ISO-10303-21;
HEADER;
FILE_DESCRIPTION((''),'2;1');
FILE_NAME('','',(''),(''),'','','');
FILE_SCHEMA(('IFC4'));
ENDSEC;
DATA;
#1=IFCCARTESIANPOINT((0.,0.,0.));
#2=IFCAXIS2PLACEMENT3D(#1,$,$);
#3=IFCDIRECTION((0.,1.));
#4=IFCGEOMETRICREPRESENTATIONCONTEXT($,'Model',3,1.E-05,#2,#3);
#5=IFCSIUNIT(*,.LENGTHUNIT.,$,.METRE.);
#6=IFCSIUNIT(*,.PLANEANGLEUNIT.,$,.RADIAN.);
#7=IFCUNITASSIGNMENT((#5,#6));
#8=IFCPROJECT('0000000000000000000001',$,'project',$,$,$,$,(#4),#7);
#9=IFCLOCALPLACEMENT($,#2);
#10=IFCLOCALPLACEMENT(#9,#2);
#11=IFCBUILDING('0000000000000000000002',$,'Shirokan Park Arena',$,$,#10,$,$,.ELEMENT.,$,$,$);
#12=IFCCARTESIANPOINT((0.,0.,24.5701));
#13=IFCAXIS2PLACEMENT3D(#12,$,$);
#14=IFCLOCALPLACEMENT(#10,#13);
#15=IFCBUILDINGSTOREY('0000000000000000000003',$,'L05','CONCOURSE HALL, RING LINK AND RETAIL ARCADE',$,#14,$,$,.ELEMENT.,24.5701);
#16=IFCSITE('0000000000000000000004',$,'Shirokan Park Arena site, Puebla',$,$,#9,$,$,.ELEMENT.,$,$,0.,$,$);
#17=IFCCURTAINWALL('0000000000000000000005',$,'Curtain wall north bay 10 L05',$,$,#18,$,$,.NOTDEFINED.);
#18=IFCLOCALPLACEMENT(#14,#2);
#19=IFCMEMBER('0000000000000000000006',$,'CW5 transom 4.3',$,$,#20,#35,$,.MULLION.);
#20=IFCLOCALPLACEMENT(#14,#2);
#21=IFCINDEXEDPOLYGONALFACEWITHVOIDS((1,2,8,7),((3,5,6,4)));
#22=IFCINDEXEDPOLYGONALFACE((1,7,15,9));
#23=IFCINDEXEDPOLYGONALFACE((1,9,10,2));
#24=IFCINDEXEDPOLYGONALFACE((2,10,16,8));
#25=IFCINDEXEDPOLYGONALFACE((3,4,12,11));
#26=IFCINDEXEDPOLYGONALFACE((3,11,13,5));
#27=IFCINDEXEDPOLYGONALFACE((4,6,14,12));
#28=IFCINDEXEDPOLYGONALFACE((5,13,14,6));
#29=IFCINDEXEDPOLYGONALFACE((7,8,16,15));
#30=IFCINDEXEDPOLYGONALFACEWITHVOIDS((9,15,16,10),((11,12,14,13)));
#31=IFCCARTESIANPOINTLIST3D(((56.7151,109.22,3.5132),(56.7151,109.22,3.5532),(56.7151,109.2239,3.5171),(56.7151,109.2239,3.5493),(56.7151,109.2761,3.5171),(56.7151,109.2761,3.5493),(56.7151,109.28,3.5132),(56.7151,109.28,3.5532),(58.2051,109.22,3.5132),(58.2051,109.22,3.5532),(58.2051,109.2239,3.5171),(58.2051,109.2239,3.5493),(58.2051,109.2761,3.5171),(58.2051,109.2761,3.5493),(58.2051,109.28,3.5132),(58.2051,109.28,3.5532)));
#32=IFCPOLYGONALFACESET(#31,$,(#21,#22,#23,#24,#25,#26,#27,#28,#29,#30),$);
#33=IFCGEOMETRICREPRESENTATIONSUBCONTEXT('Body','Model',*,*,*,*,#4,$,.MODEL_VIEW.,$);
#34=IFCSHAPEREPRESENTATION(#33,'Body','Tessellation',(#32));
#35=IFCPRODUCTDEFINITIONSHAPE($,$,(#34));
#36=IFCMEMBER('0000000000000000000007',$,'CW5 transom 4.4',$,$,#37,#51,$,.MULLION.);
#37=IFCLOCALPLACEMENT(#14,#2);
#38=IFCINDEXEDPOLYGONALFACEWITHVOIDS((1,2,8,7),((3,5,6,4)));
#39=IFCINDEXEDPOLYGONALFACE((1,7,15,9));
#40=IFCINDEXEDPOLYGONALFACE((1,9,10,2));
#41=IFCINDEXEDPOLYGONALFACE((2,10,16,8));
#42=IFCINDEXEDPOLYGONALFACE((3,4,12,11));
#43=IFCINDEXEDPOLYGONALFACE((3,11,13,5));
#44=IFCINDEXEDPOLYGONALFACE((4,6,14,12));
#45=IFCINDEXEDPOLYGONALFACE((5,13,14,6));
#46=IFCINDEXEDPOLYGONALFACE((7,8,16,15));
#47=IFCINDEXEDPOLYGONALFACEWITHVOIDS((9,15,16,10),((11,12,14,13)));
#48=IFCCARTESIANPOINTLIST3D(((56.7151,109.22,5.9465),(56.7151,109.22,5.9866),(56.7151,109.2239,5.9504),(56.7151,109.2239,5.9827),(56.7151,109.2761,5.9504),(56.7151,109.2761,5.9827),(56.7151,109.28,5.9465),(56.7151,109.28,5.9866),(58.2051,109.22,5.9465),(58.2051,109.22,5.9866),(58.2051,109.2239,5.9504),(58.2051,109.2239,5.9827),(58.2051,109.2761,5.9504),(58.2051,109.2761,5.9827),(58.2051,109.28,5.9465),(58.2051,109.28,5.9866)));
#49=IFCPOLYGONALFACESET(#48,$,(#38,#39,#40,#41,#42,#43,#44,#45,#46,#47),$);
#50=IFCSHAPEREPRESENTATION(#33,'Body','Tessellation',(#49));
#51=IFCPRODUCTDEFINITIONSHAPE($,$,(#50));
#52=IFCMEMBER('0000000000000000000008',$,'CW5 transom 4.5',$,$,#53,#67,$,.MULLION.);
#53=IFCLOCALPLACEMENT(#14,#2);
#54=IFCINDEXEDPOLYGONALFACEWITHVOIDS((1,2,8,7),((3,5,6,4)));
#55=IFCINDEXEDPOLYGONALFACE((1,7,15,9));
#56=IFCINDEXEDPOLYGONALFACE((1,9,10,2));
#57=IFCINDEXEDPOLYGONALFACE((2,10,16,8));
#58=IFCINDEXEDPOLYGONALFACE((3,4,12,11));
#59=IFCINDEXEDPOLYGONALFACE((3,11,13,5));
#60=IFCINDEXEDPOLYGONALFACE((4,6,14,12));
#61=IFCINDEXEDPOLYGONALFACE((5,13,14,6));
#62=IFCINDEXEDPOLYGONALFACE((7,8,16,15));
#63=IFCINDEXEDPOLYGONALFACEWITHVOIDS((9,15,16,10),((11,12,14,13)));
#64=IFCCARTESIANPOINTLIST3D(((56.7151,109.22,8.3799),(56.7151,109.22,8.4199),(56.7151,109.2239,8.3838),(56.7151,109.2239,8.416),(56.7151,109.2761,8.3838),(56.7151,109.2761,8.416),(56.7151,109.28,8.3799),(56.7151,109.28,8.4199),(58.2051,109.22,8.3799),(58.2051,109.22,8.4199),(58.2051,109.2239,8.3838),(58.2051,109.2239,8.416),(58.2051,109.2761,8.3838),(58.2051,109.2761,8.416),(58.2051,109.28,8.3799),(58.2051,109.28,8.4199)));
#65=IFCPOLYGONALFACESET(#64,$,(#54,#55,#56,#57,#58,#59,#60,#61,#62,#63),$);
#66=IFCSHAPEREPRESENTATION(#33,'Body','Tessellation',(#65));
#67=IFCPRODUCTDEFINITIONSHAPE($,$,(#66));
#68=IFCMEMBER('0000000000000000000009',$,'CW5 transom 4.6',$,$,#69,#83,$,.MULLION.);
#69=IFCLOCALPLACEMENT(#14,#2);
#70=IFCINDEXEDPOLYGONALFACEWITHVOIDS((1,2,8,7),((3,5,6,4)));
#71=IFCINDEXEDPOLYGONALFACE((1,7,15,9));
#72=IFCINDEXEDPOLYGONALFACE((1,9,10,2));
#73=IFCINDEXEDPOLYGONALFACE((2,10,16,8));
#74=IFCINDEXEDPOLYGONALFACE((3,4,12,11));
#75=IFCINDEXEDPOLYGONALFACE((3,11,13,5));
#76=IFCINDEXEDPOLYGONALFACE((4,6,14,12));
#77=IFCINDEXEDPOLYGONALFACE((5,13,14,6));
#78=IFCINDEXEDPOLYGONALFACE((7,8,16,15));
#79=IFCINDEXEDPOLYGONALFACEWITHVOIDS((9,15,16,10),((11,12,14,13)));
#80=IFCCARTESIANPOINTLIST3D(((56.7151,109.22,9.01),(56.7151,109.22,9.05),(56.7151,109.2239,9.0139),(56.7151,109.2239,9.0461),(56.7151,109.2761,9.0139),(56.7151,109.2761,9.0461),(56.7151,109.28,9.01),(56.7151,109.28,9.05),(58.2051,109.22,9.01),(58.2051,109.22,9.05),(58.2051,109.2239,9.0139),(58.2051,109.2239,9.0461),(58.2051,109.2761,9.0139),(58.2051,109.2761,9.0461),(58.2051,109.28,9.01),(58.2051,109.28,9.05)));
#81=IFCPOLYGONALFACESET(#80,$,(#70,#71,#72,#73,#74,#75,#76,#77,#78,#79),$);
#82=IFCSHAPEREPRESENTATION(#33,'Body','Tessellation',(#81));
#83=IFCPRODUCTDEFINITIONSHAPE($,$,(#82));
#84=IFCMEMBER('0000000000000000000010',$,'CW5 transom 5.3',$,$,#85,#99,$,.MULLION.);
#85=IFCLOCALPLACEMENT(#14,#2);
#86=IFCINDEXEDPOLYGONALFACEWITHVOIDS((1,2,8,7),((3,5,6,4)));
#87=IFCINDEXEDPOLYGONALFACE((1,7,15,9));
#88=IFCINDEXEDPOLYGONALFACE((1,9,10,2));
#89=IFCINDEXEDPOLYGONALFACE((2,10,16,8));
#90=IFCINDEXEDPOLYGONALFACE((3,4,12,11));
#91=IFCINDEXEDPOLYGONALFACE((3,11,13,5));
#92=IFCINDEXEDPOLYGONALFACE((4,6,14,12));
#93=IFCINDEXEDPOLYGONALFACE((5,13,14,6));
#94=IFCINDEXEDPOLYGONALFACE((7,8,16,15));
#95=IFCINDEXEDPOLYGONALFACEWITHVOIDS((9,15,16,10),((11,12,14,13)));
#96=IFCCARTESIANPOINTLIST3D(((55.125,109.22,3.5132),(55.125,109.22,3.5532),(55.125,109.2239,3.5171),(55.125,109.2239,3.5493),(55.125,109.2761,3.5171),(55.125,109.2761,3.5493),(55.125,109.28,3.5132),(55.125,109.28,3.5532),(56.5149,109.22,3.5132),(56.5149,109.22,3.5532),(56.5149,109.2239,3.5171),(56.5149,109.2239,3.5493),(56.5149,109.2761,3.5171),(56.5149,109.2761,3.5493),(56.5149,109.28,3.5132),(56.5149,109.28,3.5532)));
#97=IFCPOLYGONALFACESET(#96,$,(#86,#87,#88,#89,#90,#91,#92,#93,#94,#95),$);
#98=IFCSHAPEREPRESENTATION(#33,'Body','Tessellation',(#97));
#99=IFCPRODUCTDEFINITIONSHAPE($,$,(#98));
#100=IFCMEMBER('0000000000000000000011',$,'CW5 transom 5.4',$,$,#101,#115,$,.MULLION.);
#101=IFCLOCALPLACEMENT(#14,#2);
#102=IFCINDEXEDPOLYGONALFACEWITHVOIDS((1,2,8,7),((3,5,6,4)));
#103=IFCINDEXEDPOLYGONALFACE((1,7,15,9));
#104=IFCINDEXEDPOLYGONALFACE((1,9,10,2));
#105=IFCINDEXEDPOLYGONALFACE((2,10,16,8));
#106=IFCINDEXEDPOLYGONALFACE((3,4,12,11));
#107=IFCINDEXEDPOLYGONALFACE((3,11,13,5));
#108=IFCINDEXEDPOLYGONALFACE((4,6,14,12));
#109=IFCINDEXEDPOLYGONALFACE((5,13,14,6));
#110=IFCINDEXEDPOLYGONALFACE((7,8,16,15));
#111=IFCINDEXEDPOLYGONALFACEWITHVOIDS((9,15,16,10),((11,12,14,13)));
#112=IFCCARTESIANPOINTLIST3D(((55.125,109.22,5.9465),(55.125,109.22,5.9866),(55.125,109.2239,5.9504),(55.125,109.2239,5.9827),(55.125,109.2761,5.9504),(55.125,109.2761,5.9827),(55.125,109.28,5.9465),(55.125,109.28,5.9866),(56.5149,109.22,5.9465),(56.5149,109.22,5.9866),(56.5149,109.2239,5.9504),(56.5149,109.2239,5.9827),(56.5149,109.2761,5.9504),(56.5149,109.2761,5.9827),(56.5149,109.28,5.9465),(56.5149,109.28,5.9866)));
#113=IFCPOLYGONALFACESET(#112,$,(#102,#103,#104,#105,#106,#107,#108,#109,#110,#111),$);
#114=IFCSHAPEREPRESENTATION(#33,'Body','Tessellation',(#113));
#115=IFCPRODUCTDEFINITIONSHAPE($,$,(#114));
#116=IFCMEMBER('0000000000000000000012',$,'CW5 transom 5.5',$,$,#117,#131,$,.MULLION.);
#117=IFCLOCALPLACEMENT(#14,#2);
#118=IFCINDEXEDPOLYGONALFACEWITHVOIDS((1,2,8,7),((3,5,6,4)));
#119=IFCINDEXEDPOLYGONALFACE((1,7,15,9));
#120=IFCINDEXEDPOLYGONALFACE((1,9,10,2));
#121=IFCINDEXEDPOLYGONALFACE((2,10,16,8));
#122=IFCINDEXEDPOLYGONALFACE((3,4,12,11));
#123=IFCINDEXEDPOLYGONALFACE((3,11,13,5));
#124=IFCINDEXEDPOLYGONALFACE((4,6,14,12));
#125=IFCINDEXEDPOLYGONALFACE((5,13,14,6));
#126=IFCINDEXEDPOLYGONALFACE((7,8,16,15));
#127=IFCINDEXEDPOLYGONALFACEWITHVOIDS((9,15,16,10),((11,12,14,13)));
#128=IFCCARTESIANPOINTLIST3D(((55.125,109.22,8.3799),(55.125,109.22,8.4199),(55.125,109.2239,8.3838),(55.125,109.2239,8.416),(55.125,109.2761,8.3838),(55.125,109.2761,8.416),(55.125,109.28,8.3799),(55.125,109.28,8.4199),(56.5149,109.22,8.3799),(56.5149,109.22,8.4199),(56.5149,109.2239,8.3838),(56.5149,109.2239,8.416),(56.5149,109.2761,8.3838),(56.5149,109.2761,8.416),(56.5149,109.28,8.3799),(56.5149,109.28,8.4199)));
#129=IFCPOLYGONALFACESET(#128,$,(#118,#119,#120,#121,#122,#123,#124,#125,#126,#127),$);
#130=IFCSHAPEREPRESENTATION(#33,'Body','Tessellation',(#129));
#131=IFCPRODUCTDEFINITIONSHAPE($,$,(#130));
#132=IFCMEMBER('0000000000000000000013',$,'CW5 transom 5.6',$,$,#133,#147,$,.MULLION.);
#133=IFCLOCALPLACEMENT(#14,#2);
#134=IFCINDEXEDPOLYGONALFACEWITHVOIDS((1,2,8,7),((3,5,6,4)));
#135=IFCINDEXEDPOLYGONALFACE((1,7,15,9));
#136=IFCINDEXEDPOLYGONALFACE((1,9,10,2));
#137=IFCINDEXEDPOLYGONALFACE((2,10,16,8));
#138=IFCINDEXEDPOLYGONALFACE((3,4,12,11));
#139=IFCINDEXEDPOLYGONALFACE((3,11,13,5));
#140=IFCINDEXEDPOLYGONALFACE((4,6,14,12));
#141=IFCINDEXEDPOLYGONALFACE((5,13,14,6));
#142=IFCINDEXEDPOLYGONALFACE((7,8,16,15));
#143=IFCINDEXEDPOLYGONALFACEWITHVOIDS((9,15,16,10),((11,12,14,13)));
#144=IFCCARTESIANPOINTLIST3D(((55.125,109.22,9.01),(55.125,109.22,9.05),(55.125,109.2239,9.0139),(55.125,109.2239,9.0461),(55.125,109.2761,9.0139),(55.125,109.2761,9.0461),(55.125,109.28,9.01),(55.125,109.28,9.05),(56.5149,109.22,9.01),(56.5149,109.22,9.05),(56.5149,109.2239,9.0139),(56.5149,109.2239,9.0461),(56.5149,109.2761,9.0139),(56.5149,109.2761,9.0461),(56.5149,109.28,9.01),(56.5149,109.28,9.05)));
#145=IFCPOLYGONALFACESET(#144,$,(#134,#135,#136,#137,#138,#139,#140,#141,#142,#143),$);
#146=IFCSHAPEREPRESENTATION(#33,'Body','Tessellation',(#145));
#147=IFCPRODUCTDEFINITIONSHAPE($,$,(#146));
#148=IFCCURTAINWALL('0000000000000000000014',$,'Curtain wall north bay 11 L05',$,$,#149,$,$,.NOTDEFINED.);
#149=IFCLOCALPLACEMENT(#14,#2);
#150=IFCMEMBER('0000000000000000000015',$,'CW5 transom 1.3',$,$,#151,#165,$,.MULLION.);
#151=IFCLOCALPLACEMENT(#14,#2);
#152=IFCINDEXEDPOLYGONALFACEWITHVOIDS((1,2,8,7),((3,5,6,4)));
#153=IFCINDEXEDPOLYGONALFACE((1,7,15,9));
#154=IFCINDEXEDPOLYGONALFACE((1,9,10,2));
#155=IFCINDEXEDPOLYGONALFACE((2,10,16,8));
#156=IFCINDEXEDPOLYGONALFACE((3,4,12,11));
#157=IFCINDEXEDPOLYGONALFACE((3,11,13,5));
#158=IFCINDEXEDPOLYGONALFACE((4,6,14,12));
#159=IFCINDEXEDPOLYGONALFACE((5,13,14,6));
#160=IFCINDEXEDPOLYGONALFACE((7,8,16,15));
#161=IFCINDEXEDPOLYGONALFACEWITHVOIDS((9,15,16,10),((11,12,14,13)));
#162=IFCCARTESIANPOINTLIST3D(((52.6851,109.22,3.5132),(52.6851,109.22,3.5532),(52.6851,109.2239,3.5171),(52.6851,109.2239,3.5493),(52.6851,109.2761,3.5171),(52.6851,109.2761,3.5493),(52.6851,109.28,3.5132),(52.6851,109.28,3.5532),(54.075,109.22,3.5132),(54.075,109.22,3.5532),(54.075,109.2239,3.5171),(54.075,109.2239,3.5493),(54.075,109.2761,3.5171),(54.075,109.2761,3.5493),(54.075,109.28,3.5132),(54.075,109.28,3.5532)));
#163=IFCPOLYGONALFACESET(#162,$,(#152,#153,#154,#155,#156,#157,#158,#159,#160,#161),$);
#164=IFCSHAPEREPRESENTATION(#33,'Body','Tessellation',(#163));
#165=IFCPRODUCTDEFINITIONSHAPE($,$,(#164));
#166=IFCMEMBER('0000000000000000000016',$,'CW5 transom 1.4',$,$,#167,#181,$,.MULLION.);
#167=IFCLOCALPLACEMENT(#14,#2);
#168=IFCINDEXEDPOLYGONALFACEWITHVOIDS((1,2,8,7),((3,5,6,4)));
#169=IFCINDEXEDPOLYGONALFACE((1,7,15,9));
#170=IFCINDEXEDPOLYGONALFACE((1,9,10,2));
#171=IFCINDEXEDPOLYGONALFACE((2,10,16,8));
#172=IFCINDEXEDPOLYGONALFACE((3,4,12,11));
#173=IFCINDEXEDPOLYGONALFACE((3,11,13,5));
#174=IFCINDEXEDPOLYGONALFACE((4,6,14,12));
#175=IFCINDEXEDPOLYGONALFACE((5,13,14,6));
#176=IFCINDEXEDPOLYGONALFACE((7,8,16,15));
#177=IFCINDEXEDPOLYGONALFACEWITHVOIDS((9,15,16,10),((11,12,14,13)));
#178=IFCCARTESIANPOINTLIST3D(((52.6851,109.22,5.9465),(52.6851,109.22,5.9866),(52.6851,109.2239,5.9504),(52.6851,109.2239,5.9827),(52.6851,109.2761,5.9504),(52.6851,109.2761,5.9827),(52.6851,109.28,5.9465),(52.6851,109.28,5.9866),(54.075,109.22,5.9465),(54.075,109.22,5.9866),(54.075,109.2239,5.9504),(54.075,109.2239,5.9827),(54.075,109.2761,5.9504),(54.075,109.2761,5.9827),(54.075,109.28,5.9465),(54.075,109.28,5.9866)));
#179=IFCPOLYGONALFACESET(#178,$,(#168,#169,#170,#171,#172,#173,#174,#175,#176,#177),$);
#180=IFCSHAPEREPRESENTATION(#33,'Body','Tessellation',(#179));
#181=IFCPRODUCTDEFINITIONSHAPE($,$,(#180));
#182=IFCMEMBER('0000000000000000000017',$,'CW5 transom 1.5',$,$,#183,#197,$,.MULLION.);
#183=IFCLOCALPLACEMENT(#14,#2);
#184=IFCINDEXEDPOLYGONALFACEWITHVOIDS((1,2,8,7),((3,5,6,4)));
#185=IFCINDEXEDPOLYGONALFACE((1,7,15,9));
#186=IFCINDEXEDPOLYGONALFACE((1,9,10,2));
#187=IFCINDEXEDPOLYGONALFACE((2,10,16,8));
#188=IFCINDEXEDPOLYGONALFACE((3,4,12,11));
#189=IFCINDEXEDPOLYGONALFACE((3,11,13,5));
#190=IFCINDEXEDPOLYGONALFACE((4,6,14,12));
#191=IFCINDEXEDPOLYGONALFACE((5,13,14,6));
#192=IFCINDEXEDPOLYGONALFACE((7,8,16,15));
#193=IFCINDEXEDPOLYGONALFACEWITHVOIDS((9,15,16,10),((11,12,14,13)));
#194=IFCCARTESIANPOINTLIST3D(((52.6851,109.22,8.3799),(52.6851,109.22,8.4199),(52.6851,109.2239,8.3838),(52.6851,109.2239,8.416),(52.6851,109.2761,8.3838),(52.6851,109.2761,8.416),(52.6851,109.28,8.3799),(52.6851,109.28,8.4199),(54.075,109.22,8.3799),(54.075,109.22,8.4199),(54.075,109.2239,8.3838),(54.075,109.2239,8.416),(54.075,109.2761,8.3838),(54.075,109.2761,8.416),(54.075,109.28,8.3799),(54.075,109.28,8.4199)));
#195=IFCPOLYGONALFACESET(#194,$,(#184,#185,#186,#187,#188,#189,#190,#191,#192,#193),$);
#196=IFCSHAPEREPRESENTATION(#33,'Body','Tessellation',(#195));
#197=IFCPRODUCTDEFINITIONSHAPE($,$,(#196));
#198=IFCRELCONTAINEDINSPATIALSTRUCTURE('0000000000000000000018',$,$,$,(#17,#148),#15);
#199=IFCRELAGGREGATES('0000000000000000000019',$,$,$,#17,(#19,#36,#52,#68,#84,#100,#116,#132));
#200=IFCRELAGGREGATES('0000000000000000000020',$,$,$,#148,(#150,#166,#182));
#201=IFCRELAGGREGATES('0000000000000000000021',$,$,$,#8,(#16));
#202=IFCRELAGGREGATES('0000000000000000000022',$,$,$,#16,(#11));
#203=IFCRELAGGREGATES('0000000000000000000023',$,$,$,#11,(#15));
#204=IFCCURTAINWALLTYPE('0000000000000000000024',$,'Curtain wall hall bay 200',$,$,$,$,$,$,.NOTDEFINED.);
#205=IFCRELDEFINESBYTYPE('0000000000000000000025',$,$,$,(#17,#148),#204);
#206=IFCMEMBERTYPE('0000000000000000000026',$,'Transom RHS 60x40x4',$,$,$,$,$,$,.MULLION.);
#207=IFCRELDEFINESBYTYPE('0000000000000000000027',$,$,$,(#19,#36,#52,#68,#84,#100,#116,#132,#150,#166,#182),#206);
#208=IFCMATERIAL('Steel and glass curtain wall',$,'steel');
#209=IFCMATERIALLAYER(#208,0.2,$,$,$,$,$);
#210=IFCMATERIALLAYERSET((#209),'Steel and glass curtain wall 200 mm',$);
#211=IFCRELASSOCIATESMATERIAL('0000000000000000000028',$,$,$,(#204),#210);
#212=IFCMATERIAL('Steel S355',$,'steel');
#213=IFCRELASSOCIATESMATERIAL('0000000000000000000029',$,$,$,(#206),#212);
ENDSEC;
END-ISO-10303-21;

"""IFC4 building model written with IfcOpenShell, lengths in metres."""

from ifc_helpers import new_model, si_unit, direction, frame, origin, origin_2d, place, context, subcontext, project, spatial, hollow_rectangle, extrude, material, layer, layer_set, material_profile, profile_set, type_object, element, aggregate, save


model = new_model("IFC4")

# Units and contexts
model_context = context("Model", 3, precision=1e-05, world=origin(), true_north=direction((0.0, 1.0)))
body_context = subcontext(model_context, "Body", "Model", "MODEL_VIEW")
ifc_project = project(units=[si_unit("LENGTHUNIT", "METRE"), si_unit("PLANEANGLEUNIT", "RADIAN")], contexts=[model_context])

# Site, building, storey
site_placement = place(None, origin())
site = spatial("IfcSite", under=ifc_project, at=site_placement, Name="Shirokan Park Arena site, Puebla", CompositionType="ELEMENT", RefElevation=0.0)
building_placement = place(site_placement, origin())
building = spatial("IfcBuilding", under=site, at=building_placement, Name="Shirokan Park Arena", CompositionType="ELEMENT")
storey_placement = place(building_placement, frame((0.0, 0.0, 24.5701)))
storey = spatial("IfcBuildingStorey", under=building, at=storey_placement, Name="L05", Description="CONCOURSE HALL, RING LINK AND RETAIL ARCADE", CompositionType="ELEMENT", Elevation=24.5701)

# Curtain walls, members
ifc_material_1 = material(Name="Steel and glass curtain wall", Category="steel")
ifc_layer_1 = layer(ifc_material_1, 0.2)
ifc_layer_set_1 = layer_set([ifc_layer_1], Name="Steel and glass curtain wall 200 mm")
curtain_wall_type = type_object("IfcCurtainWallType", Name="Curtain wall hall bay 200", PredefinedType="NOTDEFINED", material=ifc_layer_set_1)
curtain_wall_1_placement = place(storey_placement, origin())
curtain_wall_1 = element("IfcCurtainWall", 1, at=curtain_wall_1_placement, inside=storey, type_object=curtain_wall_type, Name="Curtain wall north bay 10 L05", PredefinedType="NOTDEFINED")
ifc_material_2 = material(Name="Steel S355", Category="steel")
ifc_material_profile = material_profile(ifc_material_2, hollow_rectangle(XDim=0.0601, YDim=0.04, WallThickness=0.0039, at=origin_2d()), Name="RHS 60x40x4")
ifc_profile_set = profile_set([ifc_material_profile], Name="Steel S355")
member_type = type_object("IfcMemberType", Name="Transom RHS 60x40x4", PredefinedType="MULLION", material=ifc_profile_set)
member_1_placement = place(storey_placement, frame((58.2051, 109.25, 3.5332), z_axis=(-1.0, 0.0, 0.0), x_axis=(0.0, -1.0, 0.0)))
member_1 = element("IfcMember", 2, at=member_1_placement, type_object=member_type, Name="CW5 transom 4.3", PredefinedType="MULLION", context=body_context, shape_type="SweptSolid", body=[
    extrude(hollow_rectangle(XDim=0.0601, YDim=0.04, WallThickness=0.0039, at=origin_2d()), origin(), (0.0, 0.0, 1.0), 1.49),
])
member_2_placement = place(storey_placement, frame((58.2051, 109.25, 5.9666), z_axis=(-1.0, 0.0, 0.0), x_axis=(0.0, -1.0, 0.0)))
member_2 = element("IfcMember", 3, at=member_2_placement, type_object=member_type, Name="CW5 transom 4.4", PredefinedType="MULLION", context=body_context, shape_type="SweptSolid", body=[
    extrude(hollow_rectangle(XDim=0.0601, YDim=0.04, WallThickness=0.0039, at=origin_2d()), origin(), (0.0, 0.0, 1.0), 1.49),
])
member_3_placement = place(storey_placement, frame((58.2051, 109.25, 8.3999), z_axis=(-1.0, 0.0, 0.0), x_axis=(0.0, -1.0, 0.0)))
member_3 = element("IfcMember", 4, at=member_3_placement, type_object=member_type, Name="CW5 transom 4.5", PredefinedType="MULLION", context=body_context, shape_type="SweptSolid", body=[
    extrude(hollow_rectangle(XDim=0.0601, YDim=0.04, WallThickness=0.0039, at=origin_2d()), origin(), (0.0, 0.0, 1.0), 1.49),
])
member_4_placement = place(storey_placement, frame((58.2051, 109.25, 9.03), z_axis=(-1.0, 0.0, 0.0), x_axis=(0.0, -1.0, 0.0)))
member_4 = element("IfcMember", 5, at=member_4_placement, type_object=member_type, Name="CW5 transom 4.6", PredefinedType="MULLION", context=body_context, shape_type="SweptSolid", body=[
    extrude(hollow_rectangle(XDim=0.0601, YDim=0.04, WallThickness=0.0039, at=origin_2d()), origin(), (0.0, 0.0, 1.0), 1.49),
])
member_5_placement = place(storey_placement, frame((56.5149, 109.25, 3.5332), z_axis=(-1.0, 0.0, 0.0), x_axis=(0.0, -1.0, 0.0)))
member_5 = element("IfcMember", 6, at=member_5_placement, type_object=member_type, Name="CW5 transom 5.3", PredefinedType="MULLION", context=body_context, shape_type="SweptSolid", body=[
    extrude(hollow_rectangle(XDim=0.0601, YDim=0.04, WallThickness=0.0039, at=origin_2d()), origin(), (0.0, 0.0, 1.0), 1.3899),
])
member_6_placement = place(storey_placement, frame((56.5149, 109.25, 5.9666), z_axis=(-1.0, 0.0, 0.0), x_axis=(0.0, -1.0, 0.0)))
member_6 = element("IfcMember", 7, at=member_6_placement, type_object=member_type, Name="CW5 transom 5.4", PredefinedType="MULLION", context=body_context, shape_type="SweptSolid", body=[
    extrude(hollow_rectangle(XDim=0.0601, YDim=0.04, WallThickness=0.0039, at=origin_2d()), origin(), (0.0, 0.0, 1.0), 1.3899),
])
member_7_placement = place(storey_placement, frame((56.5149, 109.25, 8.3999), z_axis=(-1.0, 0.0, 0.0), x_axis=(0.0, -1.0, 0.0)))
member_7 = element("IfcMember", 8, at=member_7_placement, type_object=member_type, Name="CW5 transom 5.5", PredefinedType="MULLION", context=body_context, shape_type="SweptSolid", body=[
    extrude(hollow_rectangle(XDim=0.0601, YDim=0.04, WallThickness=0.0039, at=origin_2d()), origin(), (0.0, 0.0, 1.0), 1.3899),
])
member_8_placement = place(storey_placement, frame((56.5149, 109.25, 9.03), z_axis=(-1.0, 0.0, 0.0), x_axis=(0.0, -1.0, 0.0)))
member_8 = element("IfcMember", 9, at=member_8_placement, type_object=member_type, Name="CW5 transom 5.6", PredefinedType="MULLION", context=body_context, shape_type="SweptSolid", body=[
    extrude(hollow_rectangle(XDim=0.0601, YDim=0.04, WallThickness=0.0039, at=origin_2d()), origin(), (0.0, 0.0, 1.0), 1.3899),
])
curtain_wall_2_placement = place(storey_placement, origin())
curtain_wall_2 = element("IfcCurtainWall", 10, at=curtain_wall_2_placement, inside=storey, type_object=curtain_wall_type, Name="Curtain wall north bay 11 L05", PredefinedType="NOTDEFINED")
member_9_placement = place(storey_placement, frame((54.075, 109.25, 3.5332), z_axis=(-1.0, 0.0, 0.0), x_axis=(0.0, -1.0, 0.0)))
member_9 = element("IfcMember", 11, at=member_9_placement, type_object=member_type, Name="CW5 transom 1.3", PredefinedType="MULLION", context=body_context, shape_type="SweptSolid", body=[
    extrude(hollow_rectangle(XDim=0.0601, YDim=0.04, WallThickness=0.0039, at=origin_2d()), origin(), (0.0, 0.0, 1.0), 1.3899),
])
member_10_placement = place(storey_placement, frame((54.075, 109.25, 5.9666), z_axis=(-1.0, 0.0, 0.0), x_axis=(0.0, -1.0, 0.0)))
member_10 = element("IfcMember", 12, at=member_10_placement, type_object=member_type, Name="CW5 transom 1.4", PredefinedType="MULLION", context=body_context, shape_type="SweptSolid", body=[
    extrude(hollow_rectangle(XDim=0.0601, YDim=0.04, WallThickness=0.0039, at=origin_2d()), origin(), (0.0, 0.0, 1.0), 1.3899),
])
member_11_placement = place(storey_placement, frame((54.075, 109.25, 8.3999), z_axis=(-1.0, 0.0, 0.0), x_axis=(0.0, -1.0, 0.0)))
member_11 = element("IfcMember", 13, at=member_11_placement, type_object=member_type, Name="CW5 transom 1.5", PredefinedType="MULLION", context=body_context, shape_type="SweptSolid", body=[
    extrude(hollow_rectangle(XDim=0.0601, YDim=0.04, WallThickness=0.0039, at=origin_2d()), origin(), (0.0, 0.0, 1.0), 1.3899),
])

aggregate(curtain_wall_1, [member_1, member_2, member_3, member_4, member_5, member_6, member_7, member_8])
aggregate(curtain_wall_2, [member_9, member_10, member_11])

save(model, "model.ifc")
